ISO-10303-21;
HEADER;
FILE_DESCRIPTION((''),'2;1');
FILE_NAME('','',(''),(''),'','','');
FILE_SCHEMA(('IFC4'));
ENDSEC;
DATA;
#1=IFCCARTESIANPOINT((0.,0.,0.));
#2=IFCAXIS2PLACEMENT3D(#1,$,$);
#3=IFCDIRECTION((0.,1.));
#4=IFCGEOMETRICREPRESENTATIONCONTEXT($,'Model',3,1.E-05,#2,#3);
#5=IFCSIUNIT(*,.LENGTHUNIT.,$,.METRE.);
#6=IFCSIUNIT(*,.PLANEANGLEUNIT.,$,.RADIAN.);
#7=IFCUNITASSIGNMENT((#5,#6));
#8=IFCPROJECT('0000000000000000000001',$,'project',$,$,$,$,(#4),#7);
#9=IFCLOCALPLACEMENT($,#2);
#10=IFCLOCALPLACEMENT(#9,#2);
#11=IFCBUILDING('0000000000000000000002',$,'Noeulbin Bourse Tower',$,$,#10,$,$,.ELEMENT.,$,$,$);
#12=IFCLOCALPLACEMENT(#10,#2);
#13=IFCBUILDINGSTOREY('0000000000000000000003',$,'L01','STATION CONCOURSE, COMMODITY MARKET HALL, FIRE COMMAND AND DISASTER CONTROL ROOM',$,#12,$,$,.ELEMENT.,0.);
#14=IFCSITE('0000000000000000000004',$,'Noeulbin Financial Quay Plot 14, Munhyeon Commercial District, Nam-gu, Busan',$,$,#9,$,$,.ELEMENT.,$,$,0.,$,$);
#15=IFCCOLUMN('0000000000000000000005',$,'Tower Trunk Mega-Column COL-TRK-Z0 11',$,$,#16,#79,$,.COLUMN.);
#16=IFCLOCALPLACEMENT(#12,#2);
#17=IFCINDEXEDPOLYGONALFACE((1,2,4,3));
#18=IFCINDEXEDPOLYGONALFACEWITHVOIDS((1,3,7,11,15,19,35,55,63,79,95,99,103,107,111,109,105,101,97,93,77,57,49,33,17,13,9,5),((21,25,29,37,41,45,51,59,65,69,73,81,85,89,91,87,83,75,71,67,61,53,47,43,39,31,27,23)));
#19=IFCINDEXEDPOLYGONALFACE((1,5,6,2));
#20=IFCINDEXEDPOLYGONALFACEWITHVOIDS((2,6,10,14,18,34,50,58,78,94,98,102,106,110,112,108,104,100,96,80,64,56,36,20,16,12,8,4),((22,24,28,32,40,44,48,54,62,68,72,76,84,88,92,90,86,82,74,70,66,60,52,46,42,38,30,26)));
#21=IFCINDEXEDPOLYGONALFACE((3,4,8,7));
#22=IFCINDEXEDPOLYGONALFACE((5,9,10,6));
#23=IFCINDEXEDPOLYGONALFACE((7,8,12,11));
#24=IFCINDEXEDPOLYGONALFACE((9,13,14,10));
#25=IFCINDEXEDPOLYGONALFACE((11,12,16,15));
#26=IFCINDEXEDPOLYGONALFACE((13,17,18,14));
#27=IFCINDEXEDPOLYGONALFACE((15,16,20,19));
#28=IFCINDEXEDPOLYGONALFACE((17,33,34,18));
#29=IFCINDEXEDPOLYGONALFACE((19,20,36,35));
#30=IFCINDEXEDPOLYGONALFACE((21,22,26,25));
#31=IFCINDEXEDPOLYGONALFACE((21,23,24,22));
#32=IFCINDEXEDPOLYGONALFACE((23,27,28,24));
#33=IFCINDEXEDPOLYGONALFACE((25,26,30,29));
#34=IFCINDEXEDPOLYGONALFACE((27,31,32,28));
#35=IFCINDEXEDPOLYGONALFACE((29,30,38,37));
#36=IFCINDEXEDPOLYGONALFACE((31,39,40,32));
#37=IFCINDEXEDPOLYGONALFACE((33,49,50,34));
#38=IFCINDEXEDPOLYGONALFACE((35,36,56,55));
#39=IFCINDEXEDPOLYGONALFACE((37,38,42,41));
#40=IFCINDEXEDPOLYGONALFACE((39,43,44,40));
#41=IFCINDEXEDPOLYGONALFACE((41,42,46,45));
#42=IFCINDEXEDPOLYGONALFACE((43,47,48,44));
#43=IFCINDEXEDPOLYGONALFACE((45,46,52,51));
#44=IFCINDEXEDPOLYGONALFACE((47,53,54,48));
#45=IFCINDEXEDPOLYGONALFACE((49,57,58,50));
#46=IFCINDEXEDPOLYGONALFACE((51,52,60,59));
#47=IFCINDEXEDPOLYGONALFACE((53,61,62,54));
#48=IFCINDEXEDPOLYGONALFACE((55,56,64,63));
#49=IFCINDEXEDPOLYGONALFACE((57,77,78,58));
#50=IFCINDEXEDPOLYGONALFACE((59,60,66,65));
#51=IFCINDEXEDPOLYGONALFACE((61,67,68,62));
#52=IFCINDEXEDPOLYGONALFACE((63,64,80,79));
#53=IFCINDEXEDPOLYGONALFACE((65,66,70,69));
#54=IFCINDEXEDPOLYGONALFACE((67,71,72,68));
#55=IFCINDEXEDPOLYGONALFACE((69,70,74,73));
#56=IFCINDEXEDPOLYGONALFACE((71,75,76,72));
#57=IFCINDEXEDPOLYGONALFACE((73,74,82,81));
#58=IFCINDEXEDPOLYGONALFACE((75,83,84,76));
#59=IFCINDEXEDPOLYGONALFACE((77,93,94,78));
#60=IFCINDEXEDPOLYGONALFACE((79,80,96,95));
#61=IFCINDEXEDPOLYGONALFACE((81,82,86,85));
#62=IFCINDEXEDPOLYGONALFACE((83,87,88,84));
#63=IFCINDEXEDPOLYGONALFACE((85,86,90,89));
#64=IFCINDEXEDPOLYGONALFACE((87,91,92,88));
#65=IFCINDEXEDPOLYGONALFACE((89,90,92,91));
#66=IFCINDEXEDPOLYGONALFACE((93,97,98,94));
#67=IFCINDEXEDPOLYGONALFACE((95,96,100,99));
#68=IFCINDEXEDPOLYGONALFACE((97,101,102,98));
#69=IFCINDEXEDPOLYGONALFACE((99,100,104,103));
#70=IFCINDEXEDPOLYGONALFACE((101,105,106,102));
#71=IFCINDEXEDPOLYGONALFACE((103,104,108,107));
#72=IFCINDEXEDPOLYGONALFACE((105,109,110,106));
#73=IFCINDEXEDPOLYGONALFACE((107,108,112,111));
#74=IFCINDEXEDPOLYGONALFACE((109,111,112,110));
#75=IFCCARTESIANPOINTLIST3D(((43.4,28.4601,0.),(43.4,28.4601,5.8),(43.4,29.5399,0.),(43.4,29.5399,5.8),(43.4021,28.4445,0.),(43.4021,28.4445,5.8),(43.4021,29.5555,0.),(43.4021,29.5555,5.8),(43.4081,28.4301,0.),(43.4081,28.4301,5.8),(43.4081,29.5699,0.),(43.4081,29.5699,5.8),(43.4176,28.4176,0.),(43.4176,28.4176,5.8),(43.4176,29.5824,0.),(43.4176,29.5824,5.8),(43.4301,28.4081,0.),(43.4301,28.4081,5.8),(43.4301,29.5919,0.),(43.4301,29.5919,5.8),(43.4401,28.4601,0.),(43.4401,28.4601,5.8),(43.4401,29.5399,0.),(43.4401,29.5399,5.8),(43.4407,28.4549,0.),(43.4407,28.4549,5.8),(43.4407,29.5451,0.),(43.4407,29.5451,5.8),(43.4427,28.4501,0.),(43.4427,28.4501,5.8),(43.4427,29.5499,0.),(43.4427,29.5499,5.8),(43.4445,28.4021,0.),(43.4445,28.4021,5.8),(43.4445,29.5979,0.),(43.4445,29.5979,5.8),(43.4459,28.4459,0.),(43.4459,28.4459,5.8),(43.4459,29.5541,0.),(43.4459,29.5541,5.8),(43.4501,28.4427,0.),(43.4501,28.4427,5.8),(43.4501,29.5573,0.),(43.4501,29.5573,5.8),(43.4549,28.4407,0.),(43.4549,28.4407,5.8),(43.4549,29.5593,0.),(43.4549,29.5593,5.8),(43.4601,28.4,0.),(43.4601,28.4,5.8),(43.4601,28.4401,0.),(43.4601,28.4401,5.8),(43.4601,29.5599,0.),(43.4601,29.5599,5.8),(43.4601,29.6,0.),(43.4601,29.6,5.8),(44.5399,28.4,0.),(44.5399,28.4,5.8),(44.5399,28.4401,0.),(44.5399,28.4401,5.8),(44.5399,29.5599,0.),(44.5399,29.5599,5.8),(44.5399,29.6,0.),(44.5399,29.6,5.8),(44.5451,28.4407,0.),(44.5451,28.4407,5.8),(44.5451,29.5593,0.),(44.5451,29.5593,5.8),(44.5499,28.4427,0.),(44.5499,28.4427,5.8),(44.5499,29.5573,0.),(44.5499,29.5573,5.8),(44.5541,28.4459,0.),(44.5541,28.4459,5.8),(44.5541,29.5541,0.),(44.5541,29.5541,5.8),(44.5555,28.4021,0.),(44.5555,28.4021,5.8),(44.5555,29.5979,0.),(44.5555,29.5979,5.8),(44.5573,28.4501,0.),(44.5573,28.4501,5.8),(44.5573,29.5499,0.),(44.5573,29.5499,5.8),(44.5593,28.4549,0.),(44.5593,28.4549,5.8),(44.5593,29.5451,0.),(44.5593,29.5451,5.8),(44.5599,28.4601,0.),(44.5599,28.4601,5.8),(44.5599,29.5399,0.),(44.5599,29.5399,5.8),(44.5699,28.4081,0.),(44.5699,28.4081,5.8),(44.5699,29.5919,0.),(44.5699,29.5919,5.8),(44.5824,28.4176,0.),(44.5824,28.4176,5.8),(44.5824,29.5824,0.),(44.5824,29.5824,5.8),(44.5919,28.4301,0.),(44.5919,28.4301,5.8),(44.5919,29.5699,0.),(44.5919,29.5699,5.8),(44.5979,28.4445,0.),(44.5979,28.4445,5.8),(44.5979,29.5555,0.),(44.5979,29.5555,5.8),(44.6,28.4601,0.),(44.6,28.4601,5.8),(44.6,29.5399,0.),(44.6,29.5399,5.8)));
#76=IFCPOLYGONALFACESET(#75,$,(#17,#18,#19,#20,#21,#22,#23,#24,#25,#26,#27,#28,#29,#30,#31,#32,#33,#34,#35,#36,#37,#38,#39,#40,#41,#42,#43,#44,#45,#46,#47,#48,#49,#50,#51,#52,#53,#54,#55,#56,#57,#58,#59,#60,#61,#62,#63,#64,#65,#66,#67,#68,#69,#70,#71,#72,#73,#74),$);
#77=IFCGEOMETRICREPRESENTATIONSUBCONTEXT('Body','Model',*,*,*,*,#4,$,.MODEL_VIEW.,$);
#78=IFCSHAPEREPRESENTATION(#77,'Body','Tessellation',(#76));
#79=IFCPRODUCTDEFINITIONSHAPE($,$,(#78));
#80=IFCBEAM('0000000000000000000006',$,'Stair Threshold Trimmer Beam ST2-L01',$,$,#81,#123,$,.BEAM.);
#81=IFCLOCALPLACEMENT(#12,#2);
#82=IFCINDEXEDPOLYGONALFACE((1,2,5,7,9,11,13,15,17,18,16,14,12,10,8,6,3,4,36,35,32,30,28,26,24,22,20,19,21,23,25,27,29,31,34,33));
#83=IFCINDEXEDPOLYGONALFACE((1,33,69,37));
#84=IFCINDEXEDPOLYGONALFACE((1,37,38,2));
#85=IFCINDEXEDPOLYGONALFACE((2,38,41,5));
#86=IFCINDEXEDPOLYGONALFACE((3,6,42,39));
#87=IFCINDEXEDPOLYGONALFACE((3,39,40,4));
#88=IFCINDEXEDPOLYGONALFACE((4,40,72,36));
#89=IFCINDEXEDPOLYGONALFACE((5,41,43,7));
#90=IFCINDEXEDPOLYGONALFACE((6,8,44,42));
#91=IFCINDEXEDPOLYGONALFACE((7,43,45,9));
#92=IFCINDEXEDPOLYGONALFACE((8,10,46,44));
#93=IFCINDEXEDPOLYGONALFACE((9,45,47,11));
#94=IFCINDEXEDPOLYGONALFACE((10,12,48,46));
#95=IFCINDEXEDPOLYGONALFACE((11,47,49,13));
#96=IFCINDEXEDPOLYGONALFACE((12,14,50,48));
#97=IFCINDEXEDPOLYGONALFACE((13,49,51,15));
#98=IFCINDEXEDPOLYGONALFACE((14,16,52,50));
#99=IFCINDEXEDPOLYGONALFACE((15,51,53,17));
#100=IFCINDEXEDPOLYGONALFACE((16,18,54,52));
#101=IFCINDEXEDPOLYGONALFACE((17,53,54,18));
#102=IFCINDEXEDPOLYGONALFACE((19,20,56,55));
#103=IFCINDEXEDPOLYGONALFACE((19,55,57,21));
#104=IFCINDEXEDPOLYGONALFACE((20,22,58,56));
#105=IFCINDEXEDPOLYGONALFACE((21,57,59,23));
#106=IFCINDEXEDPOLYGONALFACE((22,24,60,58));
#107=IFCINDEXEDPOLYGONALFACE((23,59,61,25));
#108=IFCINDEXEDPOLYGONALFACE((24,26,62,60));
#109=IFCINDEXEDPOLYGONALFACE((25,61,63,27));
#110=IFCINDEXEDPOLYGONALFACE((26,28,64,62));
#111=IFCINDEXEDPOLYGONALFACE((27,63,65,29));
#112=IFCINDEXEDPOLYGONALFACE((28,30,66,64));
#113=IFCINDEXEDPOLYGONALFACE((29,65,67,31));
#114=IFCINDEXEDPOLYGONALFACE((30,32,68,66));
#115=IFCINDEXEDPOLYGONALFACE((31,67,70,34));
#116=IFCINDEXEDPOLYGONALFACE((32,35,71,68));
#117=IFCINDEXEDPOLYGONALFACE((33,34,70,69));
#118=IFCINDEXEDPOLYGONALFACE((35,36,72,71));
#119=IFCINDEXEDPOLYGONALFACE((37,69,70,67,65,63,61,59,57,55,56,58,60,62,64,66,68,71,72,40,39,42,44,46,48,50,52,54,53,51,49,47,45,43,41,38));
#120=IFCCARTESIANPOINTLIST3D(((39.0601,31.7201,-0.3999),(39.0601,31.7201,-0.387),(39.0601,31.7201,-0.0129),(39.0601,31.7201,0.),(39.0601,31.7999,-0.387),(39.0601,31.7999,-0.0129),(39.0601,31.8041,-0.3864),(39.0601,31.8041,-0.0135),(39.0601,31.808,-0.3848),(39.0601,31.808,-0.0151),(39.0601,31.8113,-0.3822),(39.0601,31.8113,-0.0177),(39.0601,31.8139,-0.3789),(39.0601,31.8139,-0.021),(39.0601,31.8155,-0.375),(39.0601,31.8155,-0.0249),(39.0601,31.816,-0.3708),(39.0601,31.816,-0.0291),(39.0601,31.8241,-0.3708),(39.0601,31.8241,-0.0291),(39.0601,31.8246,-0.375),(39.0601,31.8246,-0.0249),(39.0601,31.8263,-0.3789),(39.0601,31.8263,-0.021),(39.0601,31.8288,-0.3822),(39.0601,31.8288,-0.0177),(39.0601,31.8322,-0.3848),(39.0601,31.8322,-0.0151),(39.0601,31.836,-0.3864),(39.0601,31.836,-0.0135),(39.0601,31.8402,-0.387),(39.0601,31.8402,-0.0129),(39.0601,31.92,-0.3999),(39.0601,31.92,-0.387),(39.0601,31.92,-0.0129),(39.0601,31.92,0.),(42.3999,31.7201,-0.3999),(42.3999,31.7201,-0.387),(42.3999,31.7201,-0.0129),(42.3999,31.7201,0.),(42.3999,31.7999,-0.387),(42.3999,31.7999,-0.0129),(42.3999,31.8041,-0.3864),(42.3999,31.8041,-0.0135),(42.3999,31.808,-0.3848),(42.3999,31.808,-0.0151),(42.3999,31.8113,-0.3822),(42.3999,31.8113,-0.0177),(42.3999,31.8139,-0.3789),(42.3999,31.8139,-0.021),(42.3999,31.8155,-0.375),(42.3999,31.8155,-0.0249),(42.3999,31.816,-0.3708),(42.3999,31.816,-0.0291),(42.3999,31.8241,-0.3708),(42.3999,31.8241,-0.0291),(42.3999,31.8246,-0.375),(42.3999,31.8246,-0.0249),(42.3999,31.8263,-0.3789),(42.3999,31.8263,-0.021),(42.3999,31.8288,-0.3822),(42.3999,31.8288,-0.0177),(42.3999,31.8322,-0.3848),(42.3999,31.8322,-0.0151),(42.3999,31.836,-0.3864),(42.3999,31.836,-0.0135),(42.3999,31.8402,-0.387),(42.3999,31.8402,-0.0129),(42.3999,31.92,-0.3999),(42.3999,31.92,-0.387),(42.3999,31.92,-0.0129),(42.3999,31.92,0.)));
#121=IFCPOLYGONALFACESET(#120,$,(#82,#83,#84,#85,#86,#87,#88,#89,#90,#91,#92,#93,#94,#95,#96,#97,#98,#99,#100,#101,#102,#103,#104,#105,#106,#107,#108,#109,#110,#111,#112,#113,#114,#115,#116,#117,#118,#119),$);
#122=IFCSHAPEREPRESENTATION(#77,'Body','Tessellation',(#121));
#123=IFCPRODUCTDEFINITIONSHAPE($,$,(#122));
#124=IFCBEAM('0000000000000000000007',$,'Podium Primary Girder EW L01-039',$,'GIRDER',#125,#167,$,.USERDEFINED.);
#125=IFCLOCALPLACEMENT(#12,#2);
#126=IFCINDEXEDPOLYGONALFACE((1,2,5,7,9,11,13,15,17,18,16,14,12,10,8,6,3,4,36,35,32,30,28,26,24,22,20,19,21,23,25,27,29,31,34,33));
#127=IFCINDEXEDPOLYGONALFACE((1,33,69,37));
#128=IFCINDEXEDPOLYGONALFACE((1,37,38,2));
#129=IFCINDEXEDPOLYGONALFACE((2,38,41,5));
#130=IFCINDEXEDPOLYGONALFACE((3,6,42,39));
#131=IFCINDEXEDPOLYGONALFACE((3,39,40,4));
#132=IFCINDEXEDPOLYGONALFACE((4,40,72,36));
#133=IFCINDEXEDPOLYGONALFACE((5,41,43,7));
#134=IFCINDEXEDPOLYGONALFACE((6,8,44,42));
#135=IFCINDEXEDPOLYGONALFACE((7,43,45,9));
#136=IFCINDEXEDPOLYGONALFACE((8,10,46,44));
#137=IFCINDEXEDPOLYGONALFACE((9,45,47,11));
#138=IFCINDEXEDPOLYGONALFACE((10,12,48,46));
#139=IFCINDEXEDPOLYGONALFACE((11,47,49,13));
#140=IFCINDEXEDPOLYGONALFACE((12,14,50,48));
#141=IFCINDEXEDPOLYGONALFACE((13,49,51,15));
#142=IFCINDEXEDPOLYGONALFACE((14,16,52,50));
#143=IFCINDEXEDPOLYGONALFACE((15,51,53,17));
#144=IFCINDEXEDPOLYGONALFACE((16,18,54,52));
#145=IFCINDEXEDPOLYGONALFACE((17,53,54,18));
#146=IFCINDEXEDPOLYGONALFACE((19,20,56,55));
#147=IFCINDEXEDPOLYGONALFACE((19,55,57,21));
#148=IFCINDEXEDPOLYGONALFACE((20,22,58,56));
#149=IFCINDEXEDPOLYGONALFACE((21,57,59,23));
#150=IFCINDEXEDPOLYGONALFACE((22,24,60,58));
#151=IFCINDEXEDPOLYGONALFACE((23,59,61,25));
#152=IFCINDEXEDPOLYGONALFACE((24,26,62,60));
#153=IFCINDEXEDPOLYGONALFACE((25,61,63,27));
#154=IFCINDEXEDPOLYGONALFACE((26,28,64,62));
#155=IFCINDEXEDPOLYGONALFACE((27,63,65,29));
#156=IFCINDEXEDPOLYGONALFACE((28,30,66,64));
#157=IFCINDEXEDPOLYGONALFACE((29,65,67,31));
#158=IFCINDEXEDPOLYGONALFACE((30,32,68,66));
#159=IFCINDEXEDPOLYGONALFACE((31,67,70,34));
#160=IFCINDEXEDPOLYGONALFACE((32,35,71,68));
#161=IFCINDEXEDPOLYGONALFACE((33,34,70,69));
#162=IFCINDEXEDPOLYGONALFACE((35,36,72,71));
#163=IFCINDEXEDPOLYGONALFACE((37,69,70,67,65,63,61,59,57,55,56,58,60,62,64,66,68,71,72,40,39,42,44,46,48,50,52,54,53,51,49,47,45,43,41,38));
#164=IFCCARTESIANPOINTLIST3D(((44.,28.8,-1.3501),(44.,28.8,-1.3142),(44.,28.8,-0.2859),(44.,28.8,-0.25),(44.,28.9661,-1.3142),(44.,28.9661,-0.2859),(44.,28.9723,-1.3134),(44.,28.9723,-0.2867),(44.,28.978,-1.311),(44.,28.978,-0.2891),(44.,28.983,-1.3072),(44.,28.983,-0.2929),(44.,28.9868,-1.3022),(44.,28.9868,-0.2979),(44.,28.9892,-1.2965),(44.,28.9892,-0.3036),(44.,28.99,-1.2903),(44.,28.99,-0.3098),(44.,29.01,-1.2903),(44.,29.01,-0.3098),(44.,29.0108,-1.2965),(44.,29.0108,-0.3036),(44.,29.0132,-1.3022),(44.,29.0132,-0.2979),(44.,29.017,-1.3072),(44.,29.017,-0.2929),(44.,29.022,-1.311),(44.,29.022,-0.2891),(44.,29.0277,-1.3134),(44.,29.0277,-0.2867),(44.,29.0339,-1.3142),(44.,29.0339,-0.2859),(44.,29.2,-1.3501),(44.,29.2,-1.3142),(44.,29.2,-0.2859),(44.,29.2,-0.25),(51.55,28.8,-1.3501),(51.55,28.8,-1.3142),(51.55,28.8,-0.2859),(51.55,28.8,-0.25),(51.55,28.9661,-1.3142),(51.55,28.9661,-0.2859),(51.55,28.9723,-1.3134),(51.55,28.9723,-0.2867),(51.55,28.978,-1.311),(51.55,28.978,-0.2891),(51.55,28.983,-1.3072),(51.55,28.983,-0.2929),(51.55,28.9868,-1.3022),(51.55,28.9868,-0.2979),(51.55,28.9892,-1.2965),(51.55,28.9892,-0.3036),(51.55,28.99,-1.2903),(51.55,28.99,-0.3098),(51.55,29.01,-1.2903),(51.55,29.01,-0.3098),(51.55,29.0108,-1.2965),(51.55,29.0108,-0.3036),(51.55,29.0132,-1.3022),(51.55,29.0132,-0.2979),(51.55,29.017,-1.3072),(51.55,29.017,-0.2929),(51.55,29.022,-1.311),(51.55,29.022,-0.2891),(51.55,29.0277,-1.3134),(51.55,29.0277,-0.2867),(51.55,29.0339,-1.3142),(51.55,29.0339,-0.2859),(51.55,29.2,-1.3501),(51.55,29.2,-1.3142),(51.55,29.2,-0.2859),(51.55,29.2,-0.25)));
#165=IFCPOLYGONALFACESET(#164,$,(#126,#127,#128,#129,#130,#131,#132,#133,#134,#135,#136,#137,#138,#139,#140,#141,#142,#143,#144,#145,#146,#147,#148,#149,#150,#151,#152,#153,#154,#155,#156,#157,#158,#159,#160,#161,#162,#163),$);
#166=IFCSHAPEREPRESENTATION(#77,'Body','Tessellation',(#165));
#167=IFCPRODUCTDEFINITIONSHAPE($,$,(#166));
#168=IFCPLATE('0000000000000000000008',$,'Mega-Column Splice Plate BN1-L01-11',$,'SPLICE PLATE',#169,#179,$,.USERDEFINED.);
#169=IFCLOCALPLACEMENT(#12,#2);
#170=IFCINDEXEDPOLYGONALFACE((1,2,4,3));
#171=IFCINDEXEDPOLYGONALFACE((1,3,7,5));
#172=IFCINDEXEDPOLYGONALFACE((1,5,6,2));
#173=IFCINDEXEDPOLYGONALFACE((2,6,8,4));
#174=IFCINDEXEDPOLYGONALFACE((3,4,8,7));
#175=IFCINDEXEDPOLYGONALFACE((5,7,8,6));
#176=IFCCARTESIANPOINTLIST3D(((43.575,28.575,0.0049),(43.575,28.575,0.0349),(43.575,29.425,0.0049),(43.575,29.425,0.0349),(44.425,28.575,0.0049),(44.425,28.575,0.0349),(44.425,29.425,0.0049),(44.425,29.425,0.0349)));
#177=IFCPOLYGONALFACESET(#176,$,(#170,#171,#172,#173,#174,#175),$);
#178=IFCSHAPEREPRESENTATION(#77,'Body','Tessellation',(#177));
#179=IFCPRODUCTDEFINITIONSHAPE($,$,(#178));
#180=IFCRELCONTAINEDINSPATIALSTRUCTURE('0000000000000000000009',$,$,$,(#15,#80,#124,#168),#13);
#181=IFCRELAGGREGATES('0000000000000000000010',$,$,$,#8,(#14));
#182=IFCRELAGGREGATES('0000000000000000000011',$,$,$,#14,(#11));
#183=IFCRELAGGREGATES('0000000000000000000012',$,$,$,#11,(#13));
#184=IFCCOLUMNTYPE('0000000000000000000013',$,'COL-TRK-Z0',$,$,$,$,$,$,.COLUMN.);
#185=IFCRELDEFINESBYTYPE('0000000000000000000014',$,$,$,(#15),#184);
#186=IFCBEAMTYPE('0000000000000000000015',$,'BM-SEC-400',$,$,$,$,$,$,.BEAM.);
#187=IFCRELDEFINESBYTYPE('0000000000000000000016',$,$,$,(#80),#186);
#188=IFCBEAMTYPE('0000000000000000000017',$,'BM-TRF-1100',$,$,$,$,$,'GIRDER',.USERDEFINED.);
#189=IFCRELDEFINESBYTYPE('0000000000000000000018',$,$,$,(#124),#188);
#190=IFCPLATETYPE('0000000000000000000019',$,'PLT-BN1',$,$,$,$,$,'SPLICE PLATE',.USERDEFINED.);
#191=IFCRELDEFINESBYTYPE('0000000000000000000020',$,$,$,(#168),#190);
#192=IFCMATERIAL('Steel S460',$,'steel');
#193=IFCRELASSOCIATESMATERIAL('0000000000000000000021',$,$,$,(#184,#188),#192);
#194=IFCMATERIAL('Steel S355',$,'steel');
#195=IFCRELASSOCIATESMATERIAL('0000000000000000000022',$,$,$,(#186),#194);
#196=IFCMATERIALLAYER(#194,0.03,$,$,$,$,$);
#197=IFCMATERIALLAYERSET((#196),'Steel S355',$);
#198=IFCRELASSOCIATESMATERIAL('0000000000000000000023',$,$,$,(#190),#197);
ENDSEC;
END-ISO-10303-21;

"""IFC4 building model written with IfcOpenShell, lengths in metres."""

from ifc_helpers import new_model, si_unit, direction, frame, origin, origin_2d, place, context, subcontext, project, spatial, rectangle, hollow_rectangle, i_section, extrude, material, layer, layer_set, material_profile, profile_set, type_object, element, save


model = new_model("IFC4")

# Units and contexts
model_context = context("Model", 3, precision=1e-05, world=origin(), true_north=direction((0.0, 1.0)))
body_context = subcontext(model_context, "Body", "Model", "MODEL_VIEW")
ifc_project = project(units=[si_unit("LENGTHUNIT", "METRE"), si_unit("PLANEANGLEUNIT", "RADIAN")], contexts=[model_context])

# Site, building, storey
site_placement = place(None, origin())
site = spatial("IfcSite", under=ifc_project, at=site_placement, Name="Noeulbin Financial Quay Plot 14, Munhyeon Commercial District, Nam-gu, Busan", CompositionType="ELEMENT", RefElevation=0.0)
building_placement = place(site_placement, origin())
building = spatial("IfcBuilding", under=site, at=building_placement, Name="Noeulbin Bourse Tower", CompositionType="ELEMENT")
storey_placement = place(building_placement, origin())
storey = spatial("IfcBuildingStorey", under=building, at=storey_placement, Name="L01", Description="STATION CONCOURSE, COMMODITY MARKET HALL, FIRE COMMAND AND DISASTER CONTROL ROOM", CompositionType="ELEMENT", Elevation=0.0)

# Column
ifc_material_1 = material(Name="Steel S460", Category="steel")
ifc_material_profile_1 = material_profile(ifc_material_1, hollow_rectangle(XDim=1.2, YDim=1.2, WallThickness=0.04, InnerFilletRadius=0.02, OuterFilletRadius=0.0601, at=origin_2d()), Name="BOX-1200x1200x40", Category="LoadBearing")
ifc_profile_set_1 = profile_set([ifc_material_profile_1], Name="Steel S460")
column_type = type_object("IfcColumnType", Name="COL-TRK-Z0", PredefinedType="COLUMN", material=ifc_profile_set_1)
column_placement = place(storey_placement, frame((44.0, 29.0, 0.0), z_axis=(0.0, 0.0, 1.0), x_axis=(1.0, 0.0, 0.0)))
element("IfcColumn", 1, at=column_placement, inside=storey, type_object=column_type, Name="Tower Trunk Mega-Column COL-TRK-Z0 11", PredefinedType="COLUMN", context=body_context, shape_type="SweptSolid", body=[
    extrude(hollow_rectangle(XDim=1.2, YDim=1.2, WallThickness=0.04, InnerFilletRadius=0.02, OuterFilletRadius=0.0601, at=origin_2d()), origin(), (0.0, 0.0, 1.0), 5.8),
])

# Beams
ifc_material_2 = material(Name="Steel S355", Category="steel")
ifc_material_profile_2 = material_profile(ifc_material_2, i_section(OverallWidth=0.2, OverallDepth=0.3999, WebThickness=0.0081, FlangeThickness=0.0129, FilletRadius=0.0161, at=origin_2d()), Name="H-400x200x8x13", Category="LoadBearing")
ifc_profile_set_2 = profile_set([ifc_material_profile_2], Name="Steel S355")
beam_type_1 = type_object("IfcBeamType", Name="BM-SEC-400", PredefinedType="BEAM", material=ifc_profile_set_2)
beam_1_placement = place(storey_placement, frame((39.0601, 31.8201, -0.2), z_axis=(1.0, 0.0, 0.0), x_axis=(0.0, 1.0, 0.0)))
element("IfcBeam", 2, at=beam_1_placement, inside=storey, type_object=beam_type_1, Name="Stair Threshold Trimmer Beam ST2-L01", PredefinedType="BEAM", context=body_context, shape_type="SweptSolid", body=[
    extrude(i_section(OverallWidth=0.2, OverallDepth=0.3999, WebThickness=0.0081, FlangeThickness=0.0129, FilletRadius=0.0161, at=origin_2d()), origin(), (0.0, 0.0, 1.0), 3.3398),
])
ifc_material_profile_3 = material_profile(ifc_material_1, i_section(OverallWidth=0.3999, OverallDepth=1.1001, WebThickness=0.02, FlangeThickness=0.0359, FilletRadius=0.0239, at=origin_2d()), Name="PG-1100x400x20x36", Category="LoadBearing")
ifc_profile_set_3 = profile_set([ifc_material_profile_3], Name="Steel S460")
beam_type_2 = type_object("IfcBeamType", Name="BM-TRF-1100", ElementType="GIRDER", PredefinedType="USERDEFINED", material=ifc_profile_set_3)
beam_2_placement = place(storey_placement, frame((44.0, 29.0, -0.8), z_axis=(1.0, 0.0, 0.0), x_axis=(0.0, 1.0, 0.0)))
element("IfcBeam", 3, at=beam_2_placement, inside=storey, type_object=beam_type_2, Name="Podium Primary Girder EW L01-039", ObjectType="GIRDER", PredefinedType="USERDEFINED", context=body_context, shape_type="SweptSolid", body=[
    extrude(i_section(OverallWidth=0.3999, OverallDepth=1.1001, WebThickness=0.02, FlangeThickness=0.0359, FilletRadius=0.0239, at=origin_2d()), origin(), (0.0, 0.0, 1.0), 7.55),
])

# Plate
ifc_layer_1 = layer(ifc_material_2, 0.03)
ifc_layer_set_1 = layer_set([ifc_layer_1], Name="Steel S355")
plate_type = type_object("IfcPlateType", Name="PLT-BN1", ElementType="SPLICE PLATE", PredefinedType="USERDEFINED", material=ifc_layer_set_1)
plate_placement = place(storey_placement, frame((44.0, 29.0, 0.0049), z_axis=(0.0, 0.0, 1.0), x_axis=(1.0, 0.0, 0.0)))
element("IfcPlate", 4, at=plate_placement, inside=storey, type_object=plate_type, Name="Mega-Column Splice Plate BN1-L01-11", ObjectType="SPLICE PLATE", PredefinedType="USERDEFINED", context=body_context, shape_type="SweptSolid", body=[
    extrude(rectangle(XDim=0.8501, YDim=0.8501, at=origin_2d()), origin(), (0.0, 0.0, 1.0), 0.03),
])

save(model, "model.ifc")
